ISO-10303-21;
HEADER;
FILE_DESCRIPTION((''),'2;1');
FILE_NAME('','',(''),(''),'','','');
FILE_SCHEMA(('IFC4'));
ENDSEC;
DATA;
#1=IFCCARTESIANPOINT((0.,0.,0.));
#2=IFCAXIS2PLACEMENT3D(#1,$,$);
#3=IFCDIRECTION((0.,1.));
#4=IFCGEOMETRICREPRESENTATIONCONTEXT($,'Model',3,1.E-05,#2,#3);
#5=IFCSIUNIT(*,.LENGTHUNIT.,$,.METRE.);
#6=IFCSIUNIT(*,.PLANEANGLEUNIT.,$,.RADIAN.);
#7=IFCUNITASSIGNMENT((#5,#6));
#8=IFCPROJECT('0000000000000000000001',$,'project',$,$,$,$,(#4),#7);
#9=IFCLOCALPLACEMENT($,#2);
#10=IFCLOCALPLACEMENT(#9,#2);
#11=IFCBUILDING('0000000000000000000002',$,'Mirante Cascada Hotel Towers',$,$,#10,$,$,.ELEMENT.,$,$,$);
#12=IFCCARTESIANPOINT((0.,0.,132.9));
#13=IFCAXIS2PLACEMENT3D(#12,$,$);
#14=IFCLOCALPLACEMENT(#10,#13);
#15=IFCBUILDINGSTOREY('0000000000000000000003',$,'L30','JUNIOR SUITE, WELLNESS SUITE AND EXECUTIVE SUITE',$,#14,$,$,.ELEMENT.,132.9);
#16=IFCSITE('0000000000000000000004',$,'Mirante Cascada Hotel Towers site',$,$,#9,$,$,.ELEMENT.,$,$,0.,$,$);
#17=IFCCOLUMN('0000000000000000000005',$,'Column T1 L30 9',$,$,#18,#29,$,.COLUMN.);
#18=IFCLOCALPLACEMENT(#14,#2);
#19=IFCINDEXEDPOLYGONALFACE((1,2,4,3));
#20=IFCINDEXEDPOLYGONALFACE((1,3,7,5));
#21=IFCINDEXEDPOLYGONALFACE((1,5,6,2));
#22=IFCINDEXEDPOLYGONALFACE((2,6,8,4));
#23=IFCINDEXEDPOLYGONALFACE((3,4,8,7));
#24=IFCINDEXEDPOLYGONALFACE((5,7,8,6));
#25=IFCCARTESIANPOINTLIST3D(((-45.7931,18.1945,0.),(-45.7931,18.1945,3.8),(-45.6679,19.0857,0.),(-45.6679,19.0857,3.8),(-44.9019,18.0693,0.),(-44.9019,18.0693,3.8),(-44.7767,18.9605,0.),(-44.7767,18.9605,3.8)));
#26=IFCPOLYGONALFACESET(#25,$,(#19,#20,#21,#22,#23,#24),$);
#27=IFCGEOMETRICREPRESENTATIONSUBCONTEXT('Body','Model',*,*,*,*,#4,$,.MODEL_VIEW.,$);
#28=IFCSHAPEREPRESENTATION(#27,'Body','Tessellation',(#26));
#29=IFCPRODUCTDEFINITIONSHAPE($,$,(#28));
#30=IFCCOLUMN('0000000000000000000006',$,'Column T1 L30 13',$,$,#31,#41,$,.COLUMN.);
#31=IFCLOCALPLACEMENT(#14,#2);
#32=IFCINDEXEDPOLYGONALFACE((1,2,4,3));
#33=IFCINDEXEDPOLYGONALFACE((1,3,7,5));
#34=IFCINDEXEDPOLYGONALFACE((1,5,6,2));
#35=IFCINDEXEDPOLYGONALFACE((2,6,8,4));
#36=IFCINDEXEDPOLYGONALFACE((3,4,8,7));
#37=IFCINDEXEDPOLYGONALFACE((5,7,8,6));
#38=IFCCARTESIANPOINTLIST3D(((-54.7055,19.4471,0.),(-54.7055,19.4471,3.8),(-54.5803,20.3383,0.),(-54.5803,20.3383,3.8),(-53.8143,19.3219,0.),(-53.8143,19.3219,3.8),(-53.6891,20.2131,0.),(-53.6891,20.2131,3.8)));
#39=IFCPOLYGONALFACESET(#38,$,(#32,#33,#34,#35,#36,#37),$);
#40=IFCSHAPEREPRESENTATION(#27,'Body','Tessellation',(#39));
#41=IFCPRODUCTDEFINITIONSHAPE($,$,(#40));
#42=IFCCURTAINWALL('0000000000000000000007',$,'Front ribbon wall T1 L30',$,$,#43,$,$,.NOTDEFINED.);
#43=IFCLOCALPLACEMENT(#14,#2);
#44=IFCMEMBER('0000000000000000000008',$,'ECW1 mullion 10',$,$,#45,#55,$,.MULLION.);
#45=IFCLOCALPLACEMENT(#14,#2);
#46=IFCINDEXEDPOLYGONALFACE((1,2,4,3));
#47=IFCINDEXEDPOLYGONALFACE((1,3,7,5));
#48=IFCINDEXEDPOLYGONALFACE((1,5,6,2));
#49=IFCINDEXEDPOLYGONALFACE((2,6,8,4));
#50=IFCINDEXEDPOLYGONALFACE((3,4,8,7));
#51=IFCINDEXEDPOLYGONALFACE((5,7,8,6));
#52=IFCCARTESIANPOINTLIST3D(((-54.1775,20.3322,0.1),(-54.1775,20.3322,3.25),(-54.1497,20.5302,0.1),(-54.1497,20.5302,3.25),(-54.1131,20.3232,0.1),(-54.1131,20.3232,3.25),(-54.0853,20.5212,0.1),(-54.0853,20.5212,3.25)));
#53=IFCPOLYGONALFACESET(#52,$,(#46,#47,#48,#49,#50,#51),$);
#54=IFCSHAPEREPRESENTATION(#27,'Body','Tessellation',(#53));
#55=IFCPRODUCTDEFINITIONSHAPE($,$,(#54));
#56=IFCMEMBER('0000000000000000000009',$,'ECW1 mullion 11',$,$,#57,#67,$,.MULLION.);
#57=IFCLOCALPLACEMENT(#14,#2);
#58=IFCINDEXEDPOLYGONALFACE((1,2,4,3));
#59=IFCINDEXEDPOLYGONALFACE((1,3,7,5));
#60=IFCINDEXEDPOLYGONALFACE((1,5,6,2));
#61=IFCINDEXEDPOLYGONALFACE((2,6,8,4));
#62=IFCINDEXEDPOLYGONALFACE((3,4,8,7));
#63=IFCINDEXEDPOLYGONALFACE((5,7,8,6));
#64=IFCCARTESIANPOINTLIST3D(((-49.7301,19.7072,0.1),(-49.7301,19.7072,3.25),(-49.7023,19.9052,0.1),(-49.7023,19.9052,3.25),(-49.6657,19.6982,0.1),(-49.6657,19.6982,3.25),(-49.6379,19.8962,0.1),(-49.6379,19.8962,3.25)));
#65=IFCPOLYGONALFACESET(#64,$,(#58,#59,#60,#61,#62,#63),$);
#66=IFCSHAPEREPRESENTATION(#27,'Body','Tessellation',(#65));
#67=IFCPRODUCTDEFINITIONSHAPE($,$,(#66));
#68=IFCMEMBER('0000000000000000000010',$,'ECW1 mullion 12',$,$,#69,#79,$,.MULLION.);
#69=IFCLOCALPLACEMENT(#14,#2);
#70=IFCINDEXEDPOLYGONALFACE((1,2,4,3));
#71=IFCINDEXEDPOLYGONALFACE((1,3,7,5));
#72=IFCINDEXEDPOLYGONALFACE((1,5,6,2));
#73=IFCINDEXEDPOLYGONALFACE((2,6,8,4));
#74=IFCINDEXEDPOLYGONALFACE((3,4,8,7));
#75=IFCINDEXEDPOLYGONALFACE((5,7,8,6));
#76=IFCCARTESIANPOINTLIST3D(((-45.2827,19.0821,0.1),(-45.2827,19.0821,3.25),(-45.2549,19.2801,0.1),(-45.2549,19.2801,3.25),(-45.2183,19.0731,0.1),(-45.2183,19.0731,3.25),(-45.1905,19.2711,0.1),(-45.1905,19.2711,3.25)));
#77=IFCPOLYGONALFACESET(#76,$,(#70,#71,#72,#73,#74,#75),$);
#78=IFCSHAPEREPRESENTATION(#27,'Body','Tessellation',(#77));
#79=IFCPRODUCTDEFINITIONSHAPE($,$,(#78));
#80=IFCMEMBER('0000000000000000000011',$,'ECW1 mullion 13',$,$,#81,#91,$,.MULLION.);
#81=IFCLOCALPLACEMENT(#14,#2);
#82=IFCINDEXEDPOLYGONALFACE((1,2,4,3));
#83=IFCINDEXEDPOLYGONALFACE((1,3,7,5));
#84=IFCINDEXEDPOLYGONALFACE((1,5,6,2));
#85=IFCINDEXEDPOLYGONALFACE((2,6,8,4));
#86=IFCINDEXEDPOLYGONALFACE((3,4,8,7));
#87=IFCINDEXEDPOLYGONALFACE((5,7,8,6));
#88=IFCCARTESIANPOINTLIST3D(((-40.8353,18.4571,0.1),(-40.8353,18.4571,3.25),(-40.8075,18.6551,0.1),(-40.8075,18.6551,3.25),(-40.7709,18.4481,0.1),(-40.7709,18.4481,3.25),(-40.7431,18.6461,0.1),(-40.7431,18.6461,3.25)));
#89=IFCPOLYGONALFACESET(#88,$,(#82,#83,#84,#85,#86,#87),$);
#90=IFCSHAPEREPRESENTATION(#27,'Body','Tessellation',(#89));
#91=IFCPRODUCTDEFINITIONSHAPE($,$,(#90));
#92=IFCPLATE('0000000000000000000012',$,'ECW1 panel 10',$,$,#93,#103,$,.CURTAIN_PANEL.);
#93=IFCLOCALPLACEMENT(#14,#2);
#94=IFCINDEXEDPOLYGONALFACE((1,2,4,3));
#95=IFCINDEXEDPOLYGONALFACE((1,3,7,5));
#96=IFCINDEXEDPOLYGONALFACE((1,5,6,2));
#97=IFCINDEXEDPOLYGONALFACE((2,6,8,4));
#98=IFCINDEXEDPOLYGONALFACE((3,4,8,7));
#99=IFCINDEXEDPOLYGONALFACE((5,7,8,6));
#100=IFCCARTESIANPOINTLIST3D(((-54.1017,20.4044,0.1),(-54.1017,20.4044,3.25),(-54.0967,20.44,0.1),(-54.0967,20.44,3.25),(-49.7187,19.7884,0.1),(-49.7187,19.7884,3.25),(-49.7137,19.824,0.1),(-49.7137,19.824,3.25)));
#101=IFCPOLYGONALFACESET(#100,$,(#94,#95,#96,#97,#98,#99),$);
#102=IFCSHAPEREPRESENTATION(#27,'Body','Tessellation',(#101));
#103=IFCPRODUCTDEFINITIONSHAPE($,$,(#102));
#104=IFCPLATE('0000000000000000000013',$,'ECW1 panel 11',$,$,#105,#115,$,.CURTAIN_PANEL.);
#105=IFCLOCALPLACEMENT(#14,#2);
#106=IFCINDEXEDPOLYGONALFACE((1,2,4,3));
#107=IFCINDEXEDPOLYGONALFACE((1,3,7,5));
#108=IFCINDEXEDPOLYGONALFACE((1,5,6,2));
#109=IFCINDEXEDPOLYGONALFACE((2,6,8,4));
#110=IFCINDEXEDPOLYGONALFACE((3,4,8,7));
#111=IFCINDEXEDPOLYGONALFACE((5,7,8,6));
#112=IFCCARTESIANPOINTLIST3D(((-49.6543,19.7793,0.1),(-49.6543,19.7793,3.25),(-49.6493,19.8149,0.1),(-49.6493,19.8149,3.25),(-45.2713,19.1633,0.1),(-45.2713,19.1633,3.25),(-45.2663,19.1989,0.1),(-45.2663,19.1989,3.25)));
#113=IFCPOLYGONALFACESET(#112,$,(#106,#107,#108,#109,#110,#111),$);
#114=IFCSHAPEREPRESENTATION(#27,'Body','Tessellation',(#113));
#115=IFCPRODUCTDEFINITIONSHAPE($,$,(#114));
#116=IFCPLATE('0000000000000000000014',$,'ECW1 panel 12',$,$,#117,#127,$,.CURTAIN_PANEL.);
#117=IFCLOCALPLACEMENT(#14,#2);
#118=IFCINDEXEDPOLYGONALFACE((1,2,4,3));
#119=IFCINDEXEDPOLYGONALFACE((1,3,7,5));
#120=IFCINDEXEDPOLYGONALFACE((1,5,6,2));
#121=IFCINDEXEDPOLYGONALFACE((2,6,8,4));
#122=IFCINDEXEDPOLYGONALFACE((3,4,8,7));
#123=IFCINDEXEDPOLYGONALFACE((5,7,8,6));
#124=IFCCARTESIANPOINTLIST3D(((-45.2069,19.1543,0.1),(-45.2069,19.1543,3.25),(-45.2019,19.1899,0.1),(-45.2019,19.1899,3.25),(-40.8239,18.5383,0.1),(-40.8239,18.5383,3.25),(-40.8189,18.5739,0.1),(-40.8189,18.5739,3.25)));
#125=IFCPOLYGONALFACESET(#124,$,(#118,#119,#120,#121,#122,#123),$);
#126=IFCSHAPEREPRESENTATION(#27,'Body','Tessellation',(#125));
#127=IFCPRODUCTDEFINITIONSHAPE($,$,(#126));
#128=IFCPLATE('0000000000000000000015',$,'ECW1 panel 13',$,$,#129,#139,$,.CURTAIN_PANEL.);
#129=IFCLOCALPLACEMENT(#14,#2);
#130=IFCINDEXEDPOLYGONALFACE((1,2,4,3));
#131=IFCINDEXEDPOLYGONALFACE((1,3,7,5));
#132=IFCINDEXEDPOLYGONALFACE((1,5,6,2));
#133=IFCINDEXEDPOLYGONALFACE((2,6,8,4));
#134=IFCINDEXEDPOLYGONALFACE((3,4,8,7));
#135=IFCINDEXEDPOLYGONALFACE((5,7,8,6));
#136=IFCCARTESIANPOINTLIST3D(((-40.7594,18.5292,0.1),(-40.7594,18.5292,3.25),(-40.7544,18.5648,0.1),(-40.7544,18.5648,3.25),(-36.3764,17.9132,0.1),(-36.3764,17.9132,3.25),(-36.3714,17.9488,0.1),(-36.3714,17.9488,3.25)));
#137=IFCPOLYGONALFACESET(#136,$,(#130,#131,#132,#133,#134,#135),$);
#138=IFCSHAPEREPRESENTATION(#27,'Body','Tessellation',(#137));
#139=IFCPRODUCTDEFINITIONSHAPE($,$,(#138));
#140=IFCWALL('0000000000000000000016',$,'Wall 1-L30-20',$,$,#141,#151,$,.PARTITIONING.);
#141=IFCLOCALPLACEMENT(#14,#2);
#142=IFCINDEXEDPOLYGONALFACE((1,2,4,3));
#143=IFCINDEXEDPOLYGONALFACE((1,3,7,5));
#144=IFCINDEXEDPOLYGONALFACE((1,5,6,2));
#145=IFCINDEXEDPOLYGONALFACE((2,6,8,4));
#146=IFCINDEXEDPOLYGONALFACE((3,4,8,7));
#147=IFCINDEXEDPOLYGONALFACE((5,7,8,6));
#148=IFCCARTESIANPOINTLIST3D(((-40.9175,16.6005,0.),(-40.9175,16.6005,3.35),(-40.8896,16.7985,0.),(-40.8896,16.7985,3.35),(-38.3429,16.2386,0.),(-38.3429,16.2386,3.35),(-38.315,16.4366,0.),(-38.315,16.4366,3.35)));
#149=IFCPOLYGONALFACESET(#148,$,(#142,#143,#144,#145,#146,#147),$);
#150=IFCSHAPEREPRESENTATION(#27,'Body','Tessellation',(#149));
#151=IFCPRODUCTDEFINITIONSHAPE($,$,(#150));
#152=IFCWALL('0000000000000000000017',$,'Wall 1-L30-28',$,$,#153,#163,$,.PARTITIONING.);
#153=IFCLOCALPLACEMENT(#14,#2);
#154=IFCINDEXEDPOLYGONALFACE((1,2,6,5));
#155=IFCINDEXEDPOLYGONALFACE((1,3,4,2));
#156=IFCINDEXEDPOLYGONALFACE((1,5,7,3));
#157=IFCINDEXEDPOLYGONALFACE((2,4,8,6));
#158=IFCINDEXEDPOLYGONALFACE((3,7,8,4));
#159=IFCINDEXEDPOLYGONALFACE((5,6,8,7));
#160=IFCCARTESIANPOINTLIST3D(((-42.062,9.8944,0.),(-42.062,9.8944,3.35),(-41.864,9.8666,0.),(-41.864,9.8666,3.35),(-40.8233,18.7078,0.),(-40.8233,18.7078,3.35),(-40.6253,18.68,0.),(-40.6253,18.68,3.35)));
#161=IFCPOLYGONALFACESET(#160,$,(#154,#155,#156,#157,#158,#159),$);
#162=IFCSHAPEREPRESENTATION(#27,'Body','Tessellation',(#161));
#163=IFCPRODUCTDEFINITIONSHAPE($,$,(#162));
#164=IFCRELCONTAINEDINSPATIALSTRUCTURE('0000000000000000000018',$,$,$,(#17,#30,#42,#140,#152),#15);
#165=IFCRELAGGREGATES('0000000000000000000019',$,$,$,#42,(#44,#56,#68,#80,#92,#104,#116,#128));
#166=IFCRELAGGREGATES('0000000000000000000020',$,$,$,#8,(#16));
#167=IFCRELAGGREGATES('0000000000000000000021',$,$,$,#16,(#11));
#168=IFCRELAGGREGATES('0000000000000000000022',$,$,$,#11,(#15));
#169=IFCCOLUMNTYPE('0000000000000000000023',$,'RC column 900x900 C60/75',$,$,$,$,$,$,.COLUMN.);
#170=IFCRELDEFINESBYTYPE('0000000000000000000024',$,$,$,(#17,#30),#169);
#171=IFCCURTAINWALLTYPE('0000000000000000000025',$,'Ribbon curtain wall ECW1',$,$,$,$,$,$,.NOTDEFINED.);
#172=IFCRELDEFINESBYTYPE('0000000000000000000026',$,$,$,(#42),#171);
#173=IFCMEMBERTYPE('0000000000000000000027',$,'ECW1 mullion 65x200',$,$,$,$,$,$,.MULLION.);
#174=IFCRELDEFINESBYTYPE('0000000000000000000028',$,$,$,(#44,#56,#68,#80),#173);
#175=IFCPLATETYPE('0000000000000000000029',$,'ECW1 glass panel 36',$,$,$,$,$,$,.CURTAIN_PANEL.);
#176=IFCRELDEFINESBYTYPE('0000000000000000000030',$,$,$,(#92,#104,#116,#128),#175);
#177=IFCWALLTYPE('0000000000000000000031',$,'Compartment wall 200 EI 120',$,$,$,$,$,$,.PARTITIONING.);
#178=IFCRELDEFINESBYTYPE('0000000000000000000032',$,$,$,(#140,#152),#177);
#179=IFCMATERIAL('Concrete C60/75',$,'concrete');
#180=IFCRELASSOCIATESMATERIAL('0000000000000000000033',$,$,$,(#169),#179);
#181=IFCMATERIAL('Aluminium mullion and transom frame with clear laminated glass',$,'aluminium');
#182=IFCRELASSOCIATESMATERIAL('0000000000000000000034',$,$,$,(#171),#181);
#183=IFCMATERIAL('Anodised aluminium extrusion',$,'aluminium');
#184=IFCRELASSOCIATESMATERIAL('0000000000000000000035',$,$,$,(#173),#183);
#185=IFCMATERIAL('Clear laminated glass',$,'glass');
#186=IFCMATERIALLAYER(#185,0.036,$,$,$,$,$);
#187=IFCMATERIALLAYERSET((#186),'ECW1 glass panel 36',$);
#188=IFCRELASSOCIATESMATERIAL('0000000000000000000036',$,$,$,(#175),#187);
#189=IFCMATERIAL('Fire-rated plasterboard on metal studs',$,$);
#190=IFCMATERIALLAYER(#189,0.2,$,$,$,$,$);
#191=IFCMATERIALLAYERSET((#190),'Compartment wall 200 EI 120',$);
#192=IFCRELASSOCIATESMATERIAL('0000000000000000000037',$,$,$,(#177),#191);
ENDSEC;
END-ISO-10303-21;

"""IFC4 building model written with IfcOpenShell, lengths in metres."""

from ifc_helpers import new_model, si_unit, direction, frame, frame_2d, origin, origin_2d, place, context, subcontext, project, spatial, rectangle, extrude, material, layer, layer_set, material_profile, profile_set, type_object, element, aggregate, save


model = new_model("IFC4")

# Units and contexts
model_context = context("Model", 3, precision=1e-05, world=origin(), true_north=direction((0.0, 1.0)))
body_context = subcontext(model_context, "Body", "Model", "MODEL_VIEW")
ifc_project = project(units=[si_unit("LENGTHUNIT", "METRE"), si_unit("PLANEANGLEUNIT", "RADIAN")], contexts=[model_context])

# Site, building, storey
site_placement = place(None, origin())
site = spatial("IfcSite", under=ifc_project, at=site_placement, Name="Mirante Cascada Hotel Towers site", CompositionType="ELEMENT", RefElevation=0.0)
building_placement = place(site_placement, origin())
building = spatial("IfcBuilding", under=site, at=building_placement, Name="Mirante Cascada Hotel Towers", CompositionType="ELEMENT")
storey_placement = place(building_placement, frame((0.0, 0.0, 132.9)))
storey = spatial("IfcBuildingStorey", under=building, at=storey_placement, Name="L30", Description="JUNIOR SUITE, WELLNESS SUITE AND EXECUTIVE SUITE", CompositionType="ELEMENT", Elevation=132.9)

# Columns
ifc_material_1 = material(Name="Concrete C60/75", Category="concrete")
ifc_material_profile_1 = material_profile(ifc_material_1, rectangle(XDim=0.9, YDim=0.9, at=origin_2d()), Name="RC column 900x900 C60/75")
ifc_profile_set_1 = profile_set([ifc_material_profile_1], Name="Concrete C60/75")
column_type = type_object("IfcColumnType", Name="RC column 900x900 C60/75", PredefinedType="COLUMN", material=ifc_profile_set_1)
for number, where, z_axis, x_axis, name in (
    (1, (-45.2849, 18.5775, 0.0), (0.0, 0.0, 1.0), (-0.990268, 0.139173, 0.0), "Column T1 L30 9"),
    (2, (-54.1973, 19.8301, 0.0), (0.0, 0.0, 1.0), (-0.990268, 0.139173, 0.0), "Column T1 L30 13"),
):
    element("IfcColumn", number, at=place(storey_placement, frame(where, z_axis=z_axis, x_axis=x_axis)), inside=storey, type_object=column_type, Name=name, PredefinedType="COLUMN", context=body_context, shape_type="SweptSolid", body=[
        extrude(rectangle(XDim=0.9, YDim=0.9, at=origin_2d()), origin(), (0.0, 0.0, 1.0), 3.8),
    ])

# Curtain wall, members, plates
ifc_material_2 = material(Name="Aluminium mullion and transom frame with clear laminated glass", Category="aluminium")
curtain_wall_type = type_object("IfcCurtainWallType", Name="Ribbon curtain wall ECW1", PredefinedType="NOTDEFINED", material=ifc_material_2)
curtain_wall_placement = place(storey_placement, origin())
curtain_wall = element("IfcCurtainWall", 3, at=curtain_wall_placement, inside=storey, type_object=curtain_wall_type, Name="Front ribbon wall T1 L30", PredefinedType="NOTDEFINED")
ifc_material_3 = material(Name="Anodised aluminium extrusion", Category="aluminium")
ifc_material_profile_2 = material_profile(ifc_material_3, rectangle(XDim=0.2, YDim=0.065, at=origin_2d()), Name="ECW1 MULLION 65x200")
ifc_profile_set_2 = profile_set([ifc_material_profile_2], Name="Anodised aluminium extrusion")
member_type = type_object("IfcMemberType", Name="ECW1 mullion 65x200", PredefinedType="MULLION", material=ifc_profile_set_2)
member_1_placement = place(storey_placement, frame((-54.1314, 20.4267, 0.1), z_axis=(0.0, 0.0, 1.0), x_axis=(0.139173, 0.990268, 0.0)))
member_1 = element("IfcMember", 4, at=member_1_placement, type_object=member_type, Name="ECW1 mullion 10", PredefinedType="MULLION", context=body_context, shape_type="SweptSolid", body=[
    extrude(rectangle(XDim=0.2, YDim=0.065, at=origin_2d()), origin(), (0.0, 0.0, 1.0), 3.15),
])
member_2_placement = place(storey_placement, frame((-49.684, 19.8017, 0.1), z_axis=(0.0, 0.0, 1.0), x_axis=(0.139173, 0.990268, 0.0)))
member_2 = element("IfcMember", 5, at=member_2_placement, type_object=member_type, Name="ECW1 mullion 11", PredefinedType="MULLION", context=body_context, shape_type="SweptSolid", body=[
    extrude(rectangle(XDim=0.2, YDim=0.065, at=origin_2d()), origin(), (0.0, 0.0, 1.0), 3.15),
])
member_3_placement = place(storey_placement, frame((-45.2366, 19.1766, 0.1), z_axis=(0.0, 0.0, 1.0), x_axis=(0.139173, 0.990268, 0.0)))
member_3 = element("IfcMember", 6, at=member_3_placement, type_object=member_type, Name="ECW1 mullion 12", PredefinedType="MULLION", context=body_context, shape_type="SweptSolid", body=[
    extrude(rectangle(XDim=0.2, YDim=0.065, at=origin_2d()), origin(), (0.0, 0.0, 1.0), 3.15),
])
member_4_placement = place(storey_placement, frame((-40.7892, 18.5516, 0.1), z_axis=(0.0, 0.0, 1.0), x_axis=(0.139173, 0.990268, 0.0)))
member_4 = element("IfcMember", 7, at=member_4_placement, type_object=member_type, Name="ECW1 mullion 13", PredefinedType="MULLION", context=body_context, shape_type="SweptSolid", body=[
    extrude(rectangle(XDim=0.2, YDim=0.065, at=origin_2d()), origin(), (0.0, 0.0, 1.0), 3.15),
])
ifc_material_4 = material(Name="Clear laminated glass", Category="glass")
ifc_layer_1 = layer(ifc_material_4, 0.036)
ifc_layer_set_1 = layer_set([ifc_layer_1], Name="ECW1 glass panel 36")
plate_type = type_object("IfcPlateType", Name="ECW1 glass panel 36", PredefinedType="CURTAIN_PANEL", material=ifc_layer_set_1)
plate_1_placement = place(storey_placement, frame((-51.9077, 20.1142, 0.1), z_axis=(0.0, 0.0, 1.0), x_axis=(0.990268, -0.139173, 0.0)))
plate_1 = element("IfcPlate", 8, at=plate_1_placement, type_object=plate_type, Name="ECW1 panel 10", PredefinedType="CURTAIN_PANEL", context=body_context, shape_type="SweptSolid", body=[
    extrude(rectangle(XDim=4.4261, YDim=0.036, at=origin_2d()), origin(), (0.0, 0.0, 1.0), 3.15),
])
plate_2_placement = place(storey_placement, frame((-47.4603, 19.4891, 0.1), z_axis=(0.0, 0.0, 1.0), x_axis=(0.990268, -0.139173, 0.0)))
plate_2 = element("IfcPlate", 9, at=plate_2_placement, type_object=plate_type, Name="ECW1 panel 11", PredefinedType="CURTAIN_PANEL", context=body_context, shape_type="SweptSolid", body=[
    extrude(rectangle(XDim=4.4261, YDim=0.036, at=origin_2d()), origin(), (0.0, 0.0, 1.0), 3.15),
])
plate_3_placement = place(storey_placement, frame((-43.0129, 18.8641, 0.1), z_axis=(0.0, 0.0, 1.0), x_axis=(0.990268, -0.139173, 0.0)))
plate_3 = element("IfcPlate", 10, at=plate_3_placement, type_object=plate_type, Name="ECW1 panel 12", PredefinedType="CURTAIN_PANEL", context=body_context, shape_type="SweptSolid", body=[
    extrude(rectangle(XDim=4.4261, YDim=0.036, at=origin_2d()), origin(), (0.0, 0.0, 1.0), 3.15),
])
plate_4_placement = place(storey_placement, frame((-38.5654, 18.239, 0.1), z_axis=(0.0, 0.0, 1.0), x_axis=(0.990268, -0.139173, 0.0)))
plate_4 = element("IfcPlate", 11, at=plate_4_placement, type_object=plate_type, Name="ECW1 panel 13", PredefinedType="CURTAIN_PANEL", context=body_context, shape_type="SweptSolid", body=[
    extrude(rectangle(XDim=4.4261, YDim=0.036, at=origin_2d()), origin(), (0.0, 0.0, 1.0), 3.15),
])
aggregate(curtain_wall, [member_1, member_2, member_3, member_4, plate_1, plate_2, plate_3, plate_4])

# Walls
ifc_material_5 = material(Name="Fire-rated plasterboard on metal studs")
ifc_layer_2 = layer(ifc_material_5, 0.2)
ifc_layer_set_2 = layer_set([ifc_layer_2], Name="Compartment wall 200 EI 120")
wall_type_1 = type_object("IfcWallType", Name="Compartment wall 200 EI 120", PredefinedType="PARTITIONING", material=ifc_layer_set_2)
wall_1_placement = place(storey_placement, frame((-40.9036, 16.6995, 0.0), z_axis=(0.0, 0.0, 1.0), x_axis=(0.990265, -0.139197, 0.0)))
element("IfcWall", 12, at=wall_1_placement, inside=storey, type_object=wall_type_1, Name="Wall 1-L30-20", PredefinedType="PARTITIONING", context=body_context, shape_type="SweptSolid", body=[
    extrude(rectangle(XDim=2.5999, YDim=0.2, at=frame_2d((1.3, 0.0))), origin(), (0.0, 0.0, 1.0), 3.35),
])
wall_2_placement = place(storey_placement, frame((-40.7243, 18.6939, 0.0), z_axis=(0.0, 0.0, 1.0), x_axis=(-0.139179, -0.990267, 0.0)))
element("IfcWall", 13, at=wall_2_placement, inside=storey, type_object=wall_type_1, Name="Wall 1-L30-28", PredefinedType="PARTITIONING", context=body_context, shape_type="SweptSolid", body=[
    extrude(rectangle(XDim=8.9, YDim=0.2, at=frame_2d((4.45, 0.0))), origin(), (0.0, 0.0, 1.0), 3.35),
])

save(model, "model.ifc")
